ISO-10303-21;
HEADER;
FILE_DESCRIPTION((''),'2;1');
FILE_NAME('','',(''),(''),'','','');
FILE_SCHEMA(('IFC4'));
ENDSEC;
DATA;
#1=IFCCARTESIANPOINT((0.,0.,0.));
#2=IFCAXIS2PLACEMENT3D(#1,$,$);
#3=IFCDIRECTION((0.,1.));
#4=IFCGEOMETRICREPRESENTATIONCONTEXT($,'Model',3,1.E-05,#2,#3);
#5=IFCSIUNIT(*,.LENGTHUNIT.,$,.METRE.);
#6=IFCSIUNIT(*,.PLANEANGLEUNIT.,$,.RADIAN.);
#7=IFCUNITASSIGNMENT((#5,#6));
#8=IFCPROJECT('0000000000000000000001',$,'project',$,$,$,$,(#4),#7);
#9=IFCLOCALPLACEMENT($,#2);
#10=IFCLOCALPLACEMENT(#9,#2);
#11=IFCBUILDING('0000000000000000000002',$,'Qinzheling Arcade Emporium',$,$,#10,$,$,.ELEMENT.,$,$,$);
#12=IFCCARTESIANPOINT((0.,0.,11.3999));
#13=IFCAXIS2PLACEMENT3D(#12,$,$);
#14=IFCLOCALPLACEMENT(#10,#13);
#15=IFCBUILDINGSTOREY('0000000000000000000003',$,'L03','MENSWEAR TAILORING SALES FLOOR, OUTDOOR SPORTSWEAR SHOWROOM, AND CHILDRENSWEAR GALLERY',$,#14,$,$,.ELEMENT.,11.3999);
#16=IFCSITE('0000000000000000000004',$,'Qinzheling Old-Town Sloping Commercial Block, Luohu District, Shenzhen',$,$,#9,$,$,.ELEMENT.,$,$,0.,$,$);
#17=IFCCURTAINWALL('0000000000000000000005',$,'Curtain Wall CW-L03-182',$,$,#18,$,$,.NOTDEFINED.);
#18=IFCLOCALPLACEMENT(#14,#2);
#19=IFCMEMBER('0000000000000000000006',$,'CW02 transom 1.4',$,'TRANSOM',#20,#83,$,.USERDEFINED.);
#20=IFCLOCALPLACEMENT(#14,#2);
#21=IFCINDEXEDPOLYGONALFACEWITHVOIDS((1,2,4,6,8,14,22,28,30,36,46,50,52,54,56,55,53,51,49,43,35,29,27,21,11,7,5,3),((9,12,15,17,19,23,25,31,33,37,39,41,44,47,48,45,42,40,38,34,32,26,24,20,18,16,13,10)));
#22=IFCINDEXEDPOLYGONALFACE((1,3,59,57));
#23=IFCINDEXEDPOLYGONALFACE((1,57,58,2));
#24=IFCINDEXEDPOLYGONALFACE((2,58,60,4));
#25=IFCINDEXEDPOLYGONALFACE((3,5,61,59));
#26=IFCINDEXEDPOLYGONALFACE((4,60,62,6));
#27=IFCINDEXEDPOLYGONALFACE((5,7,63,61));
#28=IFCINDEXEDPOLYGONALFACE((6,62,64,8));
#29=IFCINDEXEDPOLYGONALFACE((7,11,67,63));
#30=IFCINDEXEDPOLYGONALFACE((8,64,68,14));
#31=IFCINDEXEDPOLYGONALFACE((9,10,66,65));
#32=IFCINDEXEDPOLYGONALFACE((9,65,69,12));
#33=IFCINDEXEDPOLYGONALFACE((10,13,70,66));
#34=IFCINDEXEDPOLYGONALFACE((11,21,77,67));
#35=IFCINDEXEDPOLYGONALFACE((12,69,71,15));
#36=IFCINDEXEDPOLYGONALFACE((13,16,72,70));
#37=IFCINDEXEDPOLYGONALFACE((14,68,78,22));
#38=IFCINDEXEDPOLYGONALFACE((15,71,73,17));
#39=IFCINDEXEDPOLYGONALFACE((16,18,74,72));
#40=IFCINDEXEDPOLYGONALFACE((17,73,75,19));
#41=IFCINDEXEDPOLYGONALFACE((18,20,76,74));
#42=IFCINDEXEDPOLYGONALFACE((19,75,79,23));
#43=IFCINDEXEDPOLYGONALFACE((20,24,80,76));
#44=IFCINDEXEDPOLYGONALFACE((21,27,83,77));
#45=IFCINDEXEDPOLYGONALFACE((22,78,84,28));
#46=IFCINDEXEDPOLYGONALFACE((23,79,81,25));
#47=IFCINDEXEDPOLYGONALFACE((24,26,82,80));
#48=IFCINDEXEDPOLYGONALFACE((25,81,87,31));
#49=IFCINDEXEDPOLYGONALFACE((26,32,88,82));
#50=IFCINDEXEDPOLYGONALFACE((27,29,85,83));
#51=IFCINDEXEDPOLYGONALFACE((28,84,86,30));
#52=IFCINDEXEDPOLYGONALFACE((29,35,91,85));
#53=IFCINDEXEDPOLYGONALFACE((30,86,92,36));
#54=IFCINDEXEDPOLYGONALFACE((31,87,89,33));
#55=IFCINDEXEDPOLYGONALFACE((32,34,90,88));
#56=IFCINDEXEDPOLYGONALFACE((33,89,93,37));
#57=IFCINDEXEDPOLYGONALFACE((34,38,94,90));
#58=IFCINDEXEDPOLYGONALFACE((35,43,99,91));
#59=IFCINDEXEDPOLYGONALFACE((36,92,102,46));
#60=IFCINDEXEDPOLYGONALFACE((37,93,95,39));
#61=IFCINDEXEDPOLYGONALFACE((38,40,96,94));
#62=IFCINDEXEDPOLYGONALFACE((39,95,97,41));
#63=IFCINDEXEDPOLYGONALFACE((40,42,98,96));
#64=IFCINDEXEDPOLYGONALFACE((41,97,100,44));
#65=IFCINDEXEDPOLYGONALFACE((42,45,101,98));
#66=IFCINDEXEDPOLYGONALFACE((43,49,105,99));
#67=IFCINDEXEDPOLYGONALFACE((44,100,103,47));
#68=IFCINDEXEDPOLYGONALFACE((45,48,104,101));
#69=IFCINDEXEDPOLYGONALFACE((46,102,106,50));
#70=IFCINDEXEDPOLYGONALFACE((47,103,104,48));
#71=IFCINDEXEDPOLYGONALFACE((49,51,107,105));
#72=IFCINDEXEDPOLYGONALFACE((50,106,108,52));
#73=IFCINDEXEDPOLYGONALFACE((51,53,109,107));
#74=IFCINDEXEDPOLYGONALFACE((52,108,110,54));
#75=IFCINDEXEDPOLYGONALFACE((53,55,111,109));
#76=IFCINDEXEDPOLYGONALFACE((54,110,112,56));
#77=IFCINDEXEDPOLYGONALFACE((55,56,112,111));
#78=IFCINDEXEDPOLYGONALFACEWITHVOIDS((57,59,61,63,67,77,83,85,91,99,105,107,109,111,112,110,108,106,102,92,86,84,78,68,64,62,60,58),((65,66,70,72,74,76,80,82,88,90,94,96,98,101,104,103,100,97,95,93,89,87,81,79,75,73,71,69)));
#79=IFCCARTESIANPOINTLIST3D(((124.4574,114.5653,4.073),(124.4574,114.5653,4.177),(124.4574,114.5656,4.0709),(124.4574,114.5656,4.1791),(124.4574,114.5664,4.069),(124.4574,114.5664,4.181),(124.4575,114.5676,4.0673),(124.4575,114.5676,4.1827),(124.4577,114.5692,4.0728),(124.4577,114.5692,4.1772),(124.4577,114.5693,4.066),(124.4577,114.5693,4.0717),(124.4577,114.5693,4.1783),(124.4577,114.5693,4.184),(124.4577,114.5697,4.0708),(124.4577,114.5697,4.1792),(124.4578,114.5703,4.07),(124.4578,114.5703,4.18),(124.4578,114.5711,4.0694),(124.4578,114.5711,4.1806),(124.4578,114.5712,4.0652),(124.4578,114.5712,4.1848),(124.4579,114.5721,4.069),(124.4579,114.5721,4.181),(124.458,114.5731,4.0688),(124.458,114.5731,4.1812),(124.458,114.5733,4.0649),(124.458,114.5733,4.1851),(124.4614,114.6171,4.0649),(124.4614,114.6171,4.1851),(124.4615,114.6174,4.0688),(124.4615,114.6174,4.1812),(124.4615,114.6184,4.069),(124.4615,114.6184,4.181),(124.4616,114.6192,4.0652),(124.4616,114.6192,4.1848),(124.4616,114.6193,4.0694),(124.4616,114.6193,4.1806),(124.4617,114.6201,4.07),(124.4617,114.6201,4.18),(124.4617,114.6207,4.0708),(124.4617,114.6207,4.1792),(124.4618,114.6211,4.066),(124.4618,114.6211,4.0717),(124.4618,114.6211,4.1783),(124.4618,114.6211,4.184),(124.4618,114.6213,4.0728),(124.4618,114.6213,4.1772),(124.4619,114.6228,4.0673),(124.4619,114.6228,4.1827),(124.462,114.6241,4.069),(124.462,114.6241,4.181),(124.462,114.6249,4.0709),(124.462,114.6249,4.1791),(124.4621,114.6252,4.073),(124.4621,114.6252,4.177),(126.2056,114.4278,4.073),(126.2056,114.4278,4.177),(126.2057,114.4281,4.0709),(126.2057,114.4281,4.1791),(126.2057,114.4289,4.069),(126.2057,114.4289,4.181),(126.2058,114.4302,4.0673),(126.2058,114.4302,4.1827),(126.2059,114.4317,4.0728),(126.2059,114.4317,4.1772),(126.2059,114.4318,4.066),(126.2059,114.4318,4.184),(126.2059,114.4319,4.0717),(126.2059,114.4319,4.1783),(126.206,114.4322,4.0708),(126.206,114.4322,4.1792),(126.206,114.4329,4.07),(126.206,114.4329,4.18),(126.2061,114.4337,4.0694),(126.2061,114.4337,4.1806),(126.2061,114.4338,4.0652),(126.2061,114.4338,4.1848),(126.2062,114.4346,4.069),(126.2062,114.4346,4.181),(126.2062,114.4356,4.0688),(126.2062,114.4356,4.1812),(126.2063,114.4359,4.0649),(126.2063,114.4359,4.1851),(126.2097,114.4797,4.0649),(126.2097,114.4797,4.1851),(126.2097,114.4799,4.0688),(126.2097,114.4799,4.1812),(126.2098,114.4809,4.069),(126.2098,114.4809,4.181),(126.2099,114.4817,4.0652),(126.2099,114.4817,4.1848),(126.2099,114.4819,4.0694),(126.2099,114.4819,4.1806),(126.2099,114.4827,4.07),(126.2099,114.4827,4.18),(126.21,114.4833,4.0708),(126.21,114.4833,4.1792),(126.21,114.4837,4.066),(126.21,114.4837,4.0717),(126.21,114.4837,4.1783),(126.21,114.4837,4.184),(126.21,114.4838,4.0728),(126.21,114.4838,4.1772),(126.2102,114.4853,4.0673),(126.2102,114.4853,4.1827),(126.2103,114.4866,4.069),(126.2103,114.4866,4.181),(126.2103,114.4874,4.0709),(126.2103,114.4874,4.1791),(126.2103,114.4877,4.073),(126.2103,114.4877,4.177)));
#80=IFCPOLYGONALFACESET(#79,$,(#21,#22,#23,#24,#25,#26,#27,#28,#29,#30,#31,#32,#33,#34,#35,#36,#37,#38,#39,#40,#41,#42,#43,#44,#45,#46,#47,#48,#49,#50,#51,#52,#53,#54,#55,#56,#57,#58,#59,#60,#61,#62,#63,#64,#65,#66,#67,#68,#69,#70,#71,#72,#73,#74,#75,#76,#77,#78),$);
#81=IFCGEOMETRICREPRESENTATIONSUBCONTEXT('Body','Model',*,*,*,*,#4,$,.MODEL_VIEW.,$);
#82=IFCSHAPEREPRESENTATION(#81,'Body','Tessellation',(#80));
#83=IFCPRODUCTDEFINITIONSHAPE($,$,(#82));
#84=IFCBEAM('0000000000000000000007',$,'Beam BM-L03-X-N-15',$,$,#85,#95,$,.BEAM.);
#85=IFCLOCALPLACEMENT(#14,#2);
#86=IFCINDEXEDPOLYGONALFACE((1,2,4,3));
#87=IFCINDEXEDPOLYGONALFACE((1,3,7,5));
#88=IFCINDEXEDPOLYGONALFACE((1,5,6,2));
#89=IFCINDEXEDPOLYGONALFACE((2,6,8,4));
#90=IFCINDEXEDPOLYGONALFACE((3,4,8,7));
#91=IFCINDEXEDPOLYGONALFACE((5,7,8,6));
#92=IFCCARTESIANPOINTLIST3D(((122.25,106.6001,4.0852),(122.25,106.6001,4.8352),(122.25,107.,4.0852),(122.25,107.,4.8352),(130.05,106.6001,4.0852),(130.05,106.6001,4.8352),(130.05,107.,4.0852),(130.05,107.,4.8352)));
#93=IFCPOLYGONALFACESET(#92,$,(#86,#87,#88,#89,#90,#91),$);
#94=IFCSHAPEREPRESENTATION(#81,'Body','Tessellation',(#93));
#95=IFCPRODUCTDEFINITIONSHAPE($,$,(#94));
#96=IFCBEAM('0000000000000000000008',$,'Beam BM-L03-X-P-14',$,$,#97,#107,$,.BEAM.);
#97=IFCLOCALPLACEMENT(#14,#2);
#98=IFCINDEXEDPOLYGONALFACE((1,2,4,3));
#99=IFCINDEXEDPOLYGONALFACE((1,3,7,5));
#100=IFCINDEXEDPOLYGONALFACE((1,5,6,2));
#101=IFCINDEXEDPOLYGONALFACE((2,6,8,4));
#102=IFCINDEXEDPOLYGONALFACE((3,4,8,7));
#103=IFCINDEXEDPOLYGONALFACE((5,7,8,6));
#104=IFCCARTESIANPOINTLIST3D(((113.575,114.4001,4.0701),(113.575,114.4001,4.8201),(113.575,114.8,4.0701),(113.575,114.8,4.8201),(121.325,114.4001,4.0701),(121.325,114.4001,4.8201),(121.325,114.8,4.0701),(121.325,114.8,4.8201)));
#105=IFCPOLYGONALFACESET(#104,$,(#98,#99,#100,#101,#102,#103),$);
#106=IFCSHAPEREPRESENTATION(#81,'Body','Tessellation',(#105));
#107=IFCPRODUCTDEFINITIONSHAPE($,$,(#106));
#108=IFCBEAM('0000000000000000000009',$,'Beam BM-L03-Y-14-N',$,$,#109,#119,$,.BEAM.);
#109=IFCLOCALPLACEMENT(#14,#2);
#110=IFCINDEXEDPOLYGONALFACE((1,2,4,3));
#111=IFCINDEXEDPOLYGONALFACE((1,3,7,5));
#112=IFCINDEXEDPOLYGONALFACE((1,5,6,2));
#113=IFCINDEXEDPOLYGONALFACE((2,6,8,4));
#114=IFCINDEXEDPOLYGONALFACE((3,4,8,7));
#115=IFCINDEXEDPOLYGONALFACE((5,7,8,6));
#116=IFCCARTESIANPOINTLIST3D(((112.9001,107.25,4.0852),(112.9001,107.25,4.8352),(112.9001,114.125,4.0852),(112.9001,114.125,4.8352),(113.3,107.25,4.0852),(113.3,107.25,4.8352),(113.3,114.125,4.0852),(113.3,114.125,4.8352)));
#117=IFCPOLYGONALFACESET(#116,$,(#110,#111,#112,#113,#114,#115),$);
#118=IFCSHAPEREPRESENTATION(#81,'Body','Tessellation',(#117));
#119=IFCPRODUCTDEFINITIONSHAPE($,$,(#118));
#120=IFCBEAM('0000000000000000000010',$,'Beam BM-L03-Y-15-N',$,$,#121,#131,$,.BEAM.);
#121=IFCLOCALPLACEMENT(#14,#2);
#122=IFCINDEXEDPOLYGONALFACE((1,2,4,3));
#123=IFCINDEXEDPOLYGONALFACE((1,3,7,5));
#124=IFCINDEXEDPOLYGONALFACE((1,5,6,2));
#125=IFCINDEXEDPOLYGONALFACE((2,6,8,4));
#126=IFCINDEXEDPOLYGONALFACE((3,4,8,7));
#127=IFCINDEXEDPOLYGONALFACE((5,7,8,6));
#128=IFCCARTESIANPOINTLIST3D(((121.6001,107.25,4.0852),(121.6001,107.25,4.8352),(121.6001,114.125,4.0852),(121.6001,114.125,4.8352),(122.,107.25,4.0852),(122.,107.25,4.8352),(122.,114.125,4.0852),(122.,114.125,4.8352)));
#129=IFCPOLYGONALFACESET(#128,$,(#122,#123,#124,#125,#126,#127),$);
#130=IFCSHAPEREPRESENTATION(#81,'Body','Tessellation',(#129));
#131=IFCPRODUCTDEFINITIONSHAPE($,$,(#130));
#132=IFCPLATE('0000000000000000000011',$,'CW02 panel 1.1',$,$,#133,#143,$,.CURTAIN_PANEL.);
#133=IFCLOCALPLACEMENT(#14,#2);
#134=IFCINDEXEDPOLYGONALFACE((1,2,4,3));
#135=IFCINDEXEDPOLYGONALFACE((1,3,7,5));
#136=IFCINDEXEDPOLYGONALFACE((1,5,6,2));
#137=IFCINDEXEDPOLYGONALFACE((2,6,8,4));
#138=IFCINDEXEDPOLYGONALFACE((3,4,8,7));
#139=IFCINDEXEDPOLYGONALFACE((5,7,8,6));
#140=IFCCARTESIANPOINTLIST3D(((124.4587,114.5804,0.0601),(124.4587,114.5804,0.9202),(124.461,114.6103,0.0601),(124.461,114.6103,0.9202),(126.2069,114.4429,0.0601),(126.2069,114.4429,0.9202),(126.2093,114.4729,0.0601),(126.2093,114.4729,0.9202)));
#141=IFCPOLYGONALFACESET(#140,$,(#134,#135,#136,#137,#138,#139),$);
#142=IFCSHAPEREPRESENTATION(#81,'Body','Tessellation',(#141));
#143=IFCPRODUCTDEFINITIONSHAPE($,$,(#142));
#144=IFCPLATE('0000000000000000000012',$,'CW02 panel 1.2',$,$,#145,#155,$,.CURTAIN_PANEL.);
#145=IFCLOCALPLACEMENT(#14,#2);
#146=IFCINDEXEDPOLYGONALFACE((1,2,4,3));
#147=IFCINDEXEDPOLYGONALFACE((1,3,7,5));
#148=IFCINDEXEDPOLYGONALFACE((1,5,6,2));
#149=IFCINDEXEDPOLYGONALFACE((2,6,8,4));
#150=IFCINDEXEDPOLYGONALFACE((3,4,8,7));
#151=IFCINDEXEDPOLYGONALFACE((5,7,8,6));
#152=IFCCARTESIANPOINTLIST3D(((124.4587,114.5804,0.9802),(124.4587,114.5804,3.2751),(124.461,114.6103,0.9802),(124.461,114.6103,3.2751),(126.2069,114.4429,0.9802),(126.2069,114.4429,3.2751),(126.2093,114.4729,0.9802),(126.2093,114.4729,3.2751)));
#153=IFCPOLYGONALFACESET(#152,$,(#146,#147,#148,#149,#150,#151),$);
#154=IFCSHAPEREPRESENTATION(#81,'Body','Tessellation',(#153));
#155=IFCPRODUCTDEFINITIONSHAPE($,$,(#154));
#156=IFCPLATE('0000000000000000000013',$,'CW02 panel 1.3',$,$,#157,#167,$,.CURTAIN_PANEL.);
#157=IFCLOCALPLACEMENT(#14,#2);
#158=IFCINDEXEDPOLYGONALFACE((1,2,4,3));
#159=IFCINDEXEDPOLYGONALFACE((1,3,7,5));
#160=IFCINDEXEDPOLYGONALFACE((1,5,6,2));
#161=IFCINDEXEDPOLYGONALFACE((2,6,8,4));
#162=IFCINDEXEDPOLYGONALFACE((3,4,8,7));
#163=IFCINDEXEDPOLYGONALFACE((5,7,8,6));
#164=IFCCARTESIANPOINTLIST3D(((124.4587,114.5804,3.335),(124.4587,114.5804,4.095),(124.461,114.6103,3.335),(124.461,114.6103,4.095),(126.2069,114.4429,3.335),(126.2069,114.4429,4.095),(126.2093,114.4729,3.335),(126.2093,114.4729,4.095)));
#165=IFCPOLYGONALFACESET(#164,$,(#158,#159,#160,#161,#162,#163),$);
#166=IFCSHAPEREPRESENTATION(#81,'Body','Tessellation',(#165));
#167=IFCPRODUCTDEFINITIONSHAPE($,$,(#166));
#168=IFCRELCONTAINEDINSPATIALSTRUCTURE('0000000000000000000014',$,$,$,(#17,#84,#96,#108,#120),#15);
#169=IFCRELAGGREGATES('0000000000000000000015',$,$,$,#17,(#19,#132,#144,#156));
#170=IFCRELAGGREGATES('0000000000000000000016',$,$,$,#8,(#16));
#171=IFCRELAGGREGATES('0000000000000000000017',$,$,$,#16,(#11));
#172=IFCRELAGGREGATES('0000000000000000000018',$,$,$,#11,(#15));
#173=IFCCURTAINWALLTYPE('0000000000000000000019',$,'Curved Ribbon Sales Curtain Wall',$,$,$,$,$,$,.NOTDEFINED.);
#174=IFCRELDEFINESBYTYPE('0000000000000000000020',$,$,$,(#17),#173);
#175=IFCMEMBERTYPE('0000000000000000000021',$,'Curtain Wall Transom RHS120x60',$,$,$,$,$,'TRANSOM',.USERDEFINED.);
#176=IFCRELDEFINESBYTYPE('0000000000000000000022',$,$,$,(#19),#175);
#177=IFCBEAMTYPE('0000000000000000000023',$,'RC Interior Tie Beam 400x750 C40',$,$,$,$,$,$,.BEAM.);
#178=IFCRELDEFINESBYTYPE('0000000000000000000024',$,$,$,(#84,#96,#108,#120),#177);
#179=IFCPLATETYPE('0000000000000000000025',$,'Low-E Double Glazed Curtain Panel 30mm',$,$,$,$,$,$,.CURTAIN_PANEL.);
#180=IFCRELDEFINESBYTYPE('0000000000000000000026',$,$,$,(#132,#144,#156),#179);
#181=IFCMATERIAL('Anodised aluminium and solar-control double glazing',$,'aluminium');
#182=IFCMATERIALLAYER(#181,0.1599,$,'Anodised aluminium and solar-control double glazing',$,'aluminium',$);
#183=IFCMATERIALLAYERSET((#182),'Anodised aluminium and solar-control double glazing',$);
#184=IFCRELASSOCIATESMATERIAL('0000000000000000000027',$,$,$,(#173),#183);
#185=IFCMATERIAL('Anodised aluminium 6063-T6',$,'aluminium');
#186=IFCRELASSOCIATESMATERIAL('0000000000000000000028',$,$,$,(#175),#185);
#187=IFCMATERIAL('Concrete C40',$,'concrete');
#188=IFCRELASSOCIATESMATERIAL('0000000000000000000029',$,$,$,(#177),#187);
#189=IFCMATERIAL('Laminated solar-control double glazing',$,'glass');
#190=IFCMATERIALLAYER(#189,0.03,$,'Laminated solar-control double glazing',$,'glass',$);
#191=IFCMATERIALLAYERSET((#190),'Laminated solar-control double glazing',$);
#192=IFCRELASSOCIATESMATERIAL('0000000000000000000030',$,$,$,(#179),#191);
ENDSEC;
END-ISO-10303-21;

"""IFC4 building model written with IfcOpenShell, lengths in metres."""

from ifc_helpers import new_model, si_unit, direction, frame, origin, origin_2d, place, context, subcontext, project, spatial, rectangle, hollow_rectangle, extrude, material, layer, layer_set, material_profile, profile_set, type_object, element, aggregate, save


model = new_model("IFC4")

# Units and contexts
model_context = context("Model", 3, precision=1e-05, world=origin(), true_north=direction((0.0, 1.0)))
body_context = subcontext(model_context, "Body", "Model", "MODEL_VIEW")
ifc_project = project(units=[si_unit("LENGTHUNIT", "METRE"), si_unit("PLANEANGLEUNIT", "RADIAN")], contexts=[model_context])

# Site, building, storey
site_placement = place(None, origin())
site = spatial("IfcSite", under=ifc_project, at=site_placement, Name="Qinzheling Old-Town Sloping Commercial Block, Luohu District, Shenzhen", CompositionType="ELEMENT", RefElevation=0.0)
building_placement = place(site_placement, origin())
building = spatial("IfcBuilding", under=site, at=building_placement, Name="Qinzheling Arcade Emporium", CompositionType="ELEMENT")
storey_placement = place(building_placement, frame((0.0, 0.0, 11.3999)))
storey = spatial("IfcBuildingStorey", under=building, at=storey_placement, Name="L03", Description="MENSWEAR TAILORING SALES FLOOR, OUTDOOR SPORTSWEAR SHOWROOM, AND CHILDRENSWEAR GALLERY", CompositionType="ELEMENT", Elevation=11.3999)

# Curtain wall, member
ifc_material_1 = material(Name="Anodised aluminium and solar-control double glazing", Category="aluminium")
ifc_layer_1 = layer(ifc_material_1, 0.1599, Name="Anodised aluminium and solar-control double glazing", Category="aluminium")
ifc_layer_set_1 = layer_set([ifc_layer_1], Name="Anodised aluminium and solar-control double glazing")
curtain_wall_type = type_object("IfcCurtainWallType", Name="Curved Ribbon Sales Curtain Wall", PredefinedType="NOTDEFINED", material=ifc_layer_set_1)
curtain_wall_placement = place(storey_placement, origin())
curtain_wall = element("IfcCurtainWall", 1, at=curtain_wall_placement, inside=storey, type_object=curtain_wall_type, Name="Curtain Wall CW-L03-182", PredefinedType="NOTDEFINED")
ifc_material_2 = material(Name="Anodised aluminium 6063-T6", Category="aluminium")
ifc_material_profile_1 = material_profile(ifc_material_2, hollow_rectangle(XDim=0.0601, YDim=0.1201, WallThickness=0.0039, InnerFilletRadius=0.0039, OuterFilletRadius=0.0081, at=origin_2d()), Name="RHS 120x60x4", Category="aluminium")
ifc_profile_set_1 = profile_set([ifc_material_profile_1], Name="Anodised aluminium 6063-T6")
member_type_1 = type_object("IfcMemberType", Name="Curtain Wall Transom RHS120x60", ElementType="TRANSOM", PredefinedType="USERDEFINED", material=ifc_profile_set_1)
member_1_placement = place(storey_placement, frame((124.4597, 114.5952, 4.125), z_axis=(0.996924, -0.078378, 0.0), x_axis=(0.078378, 0.996924, 0.0)))
member_1 = element("IfcMember", 2, at=member_1_placement, type_object=member_type_1, Name="CW02 transom 1.4", ObjectType="TRANSOM", PredefinedType="USERDEFINED", context=body_context, shape_type="SweptSolid", body=[
    extrude(hollow_rectangle(XDim=0.0601, YDim=0.1201, WallThickness=0.0039, InnerFilletRadius=0.0039, OuterFilletRadius=0.0081, at=origin_2d()), origin(), (0.0, 0.0, 1.0), 1.7537),
])

# Beams
ifc_material_3 = material(Name="Concrete C40", Category="concrete")
ifc_material_profile_2 = material_profile(ifc_material_3, rectangle(XDim=0.3999, YDim=0.75, at=origin_2d()), Name="RC 400x750", Category="concrete")
ifc_profile_set_2 = profile_set([ifc_material_profile_2], Name="Concrete C40")
beam_type = type_object("IfcBeamType", Name="RC Interior Tie Beam 400x750 C40", PredefinedType="BEAM", material=ifc_profile_set_2)
beam_1_placement = place(storey_placement, frame((122.25, 106.8, 4.4602), z_axis=(1.0, 0.0, 0.0), x_axis=(0.0, 1.0, 0.0)))
element("IfcBeam", 3, at=beam_1_placement, inside=storey, type_object=beam_type, Name="Beam BM-L03-X-N-15", PredefinedType="BEAM", context=body_context, shape_type="SweptSolid", body=[
    extrude(rectangle(XDim=0.3999, YDim=0.75, at=origin_2d()), origin(), (0.0, 0.0, 1.0), 7.8),
])
beam_2_placement = place(storey_placement, frame((113.575, 114.6001, 4.4451), z_axis=(1.0, 0.0, 0.0), x_axis=(0.0, 1.0, 0.0)))
element("IfcBeam", 4, at=beam_2_placement, inside=storey, type_object=beam_type, Name="Beam BM-L03-X-P-14", PredefinedType="BEAM", context=body_context, shape_type="SweptSolid", body=[
    extrude(rectangle(XDim=0.3999, YDim=0.75, at=origin_2d()), origin(), (0.0, 0.0, 1.0), 7.75),
])
for number, where, z_axis, x_axis, name in (
    (5, (113.1001, 107.25, 4.4602), (0.0, 1.0, 0.0), (-1.0, 0.0, 0.0), "Beam BM-L03-Y-14-N"),
    (6, (121.8, 107.25, 4.4602), (0.0, 1.0, 0.0), (-1.0, 0.0, 0.0), "Beam BM-L03-Y-15-N"),
):
    element("IfcBeam", number, at=place(storey_placement, frame(where, z_axis=z_axis, x_axis=x_axis)), inside=storey, type_object=beam_type, Name=name, PredefinedType="BEAM", context=body_context, shape_type="SweptSolid", body=[
        extrude(rectangle(XDim=0.3999, YDim=0.75, at=origin_2d()), origin(), (0.0, 0.0, 1.0), 6.875),
    ])

# Plates
ifc_material_4 = material(Name="Laminated solar-control double glazing", Category="glass")
ifc_layer_2 = layer(ifc_material_4, 0.03, Name="Laminated solar-control double glazing", Category="glass")
ifc_layer_set_2 = layer_set([ifc_layer_2], Name="Laminated solar-control double glazing")
plate_type = type_object("IfcPlateType", Name="Low-E Double Glazed Curtain Panel 30mm", PredefinedType="CURTAIN_PANEL", material=ifc_layer_set_2)
plate_1_placement = place(storey_placement, frame((125.334, 114.5266, 0.0601), z_axis=(0.0, 0.0, 1.0), x_axis=(0.996924, -0.078376, 0.0)))
plate_1 = element("IfcPlate", 7, at=plate_1_placement, type_object=plate_type, Name="CW02 panel 1.1", PredefinedType="CURTAIN_PANEL", context=body_context, shape_type="SweptSolid", body=[
    extrude(rectangle(XDim=1.7537, YDim=0.03, at=origin_2d()), origin(), (0.0, 0.0, 1.0), 0.8601),
])
plate_2_placement = place(storey_placement, frame((125.334, 114.5266, 0.9802), z_axis=(0.0, 0.0, 1.0), x_axis=(0.996924, -0.078376, 0.0)))
plate_2 = element("IfcPlate", 8, at=plate_2_placement, type_object=plate_type, Name="CW02 panel 1.2", PredefinedType="CURTAIN_PANEL", context=body_context, shape_type="SweptSolid", body=[
    extrude(rectangle(XDim=1.7537, YDim=0.03, at=origin_2d()), origin(), (0.0, 0.0, 1.0), 2.2949),
])
plate_3_placement = place(storey_placement, frame((125.334, 114.5266, 3.335), z_axis=(0.0, 0.0, 1.0), x_axis=(0.996924, -0.078376, 0.0)))
plate_3 = element("IfcPlate", 9, at=plate_3_placement, type_object=plate_type, Name="CW02 panel 1.3", PredefinedType="CURTAIN_PANEL", context=body_context, shape_type="SweptSolid", body=[
    extrude(rectangle(XDim=1.7537, YDim=0.03, at=origin_2d()), origin(), (0.0, 0.0, 1.0), 0.76),
])
aggregate(curtain_wall, [member_1, plate_1, plate_2, plate_3])

save(model, "model.ifc")
